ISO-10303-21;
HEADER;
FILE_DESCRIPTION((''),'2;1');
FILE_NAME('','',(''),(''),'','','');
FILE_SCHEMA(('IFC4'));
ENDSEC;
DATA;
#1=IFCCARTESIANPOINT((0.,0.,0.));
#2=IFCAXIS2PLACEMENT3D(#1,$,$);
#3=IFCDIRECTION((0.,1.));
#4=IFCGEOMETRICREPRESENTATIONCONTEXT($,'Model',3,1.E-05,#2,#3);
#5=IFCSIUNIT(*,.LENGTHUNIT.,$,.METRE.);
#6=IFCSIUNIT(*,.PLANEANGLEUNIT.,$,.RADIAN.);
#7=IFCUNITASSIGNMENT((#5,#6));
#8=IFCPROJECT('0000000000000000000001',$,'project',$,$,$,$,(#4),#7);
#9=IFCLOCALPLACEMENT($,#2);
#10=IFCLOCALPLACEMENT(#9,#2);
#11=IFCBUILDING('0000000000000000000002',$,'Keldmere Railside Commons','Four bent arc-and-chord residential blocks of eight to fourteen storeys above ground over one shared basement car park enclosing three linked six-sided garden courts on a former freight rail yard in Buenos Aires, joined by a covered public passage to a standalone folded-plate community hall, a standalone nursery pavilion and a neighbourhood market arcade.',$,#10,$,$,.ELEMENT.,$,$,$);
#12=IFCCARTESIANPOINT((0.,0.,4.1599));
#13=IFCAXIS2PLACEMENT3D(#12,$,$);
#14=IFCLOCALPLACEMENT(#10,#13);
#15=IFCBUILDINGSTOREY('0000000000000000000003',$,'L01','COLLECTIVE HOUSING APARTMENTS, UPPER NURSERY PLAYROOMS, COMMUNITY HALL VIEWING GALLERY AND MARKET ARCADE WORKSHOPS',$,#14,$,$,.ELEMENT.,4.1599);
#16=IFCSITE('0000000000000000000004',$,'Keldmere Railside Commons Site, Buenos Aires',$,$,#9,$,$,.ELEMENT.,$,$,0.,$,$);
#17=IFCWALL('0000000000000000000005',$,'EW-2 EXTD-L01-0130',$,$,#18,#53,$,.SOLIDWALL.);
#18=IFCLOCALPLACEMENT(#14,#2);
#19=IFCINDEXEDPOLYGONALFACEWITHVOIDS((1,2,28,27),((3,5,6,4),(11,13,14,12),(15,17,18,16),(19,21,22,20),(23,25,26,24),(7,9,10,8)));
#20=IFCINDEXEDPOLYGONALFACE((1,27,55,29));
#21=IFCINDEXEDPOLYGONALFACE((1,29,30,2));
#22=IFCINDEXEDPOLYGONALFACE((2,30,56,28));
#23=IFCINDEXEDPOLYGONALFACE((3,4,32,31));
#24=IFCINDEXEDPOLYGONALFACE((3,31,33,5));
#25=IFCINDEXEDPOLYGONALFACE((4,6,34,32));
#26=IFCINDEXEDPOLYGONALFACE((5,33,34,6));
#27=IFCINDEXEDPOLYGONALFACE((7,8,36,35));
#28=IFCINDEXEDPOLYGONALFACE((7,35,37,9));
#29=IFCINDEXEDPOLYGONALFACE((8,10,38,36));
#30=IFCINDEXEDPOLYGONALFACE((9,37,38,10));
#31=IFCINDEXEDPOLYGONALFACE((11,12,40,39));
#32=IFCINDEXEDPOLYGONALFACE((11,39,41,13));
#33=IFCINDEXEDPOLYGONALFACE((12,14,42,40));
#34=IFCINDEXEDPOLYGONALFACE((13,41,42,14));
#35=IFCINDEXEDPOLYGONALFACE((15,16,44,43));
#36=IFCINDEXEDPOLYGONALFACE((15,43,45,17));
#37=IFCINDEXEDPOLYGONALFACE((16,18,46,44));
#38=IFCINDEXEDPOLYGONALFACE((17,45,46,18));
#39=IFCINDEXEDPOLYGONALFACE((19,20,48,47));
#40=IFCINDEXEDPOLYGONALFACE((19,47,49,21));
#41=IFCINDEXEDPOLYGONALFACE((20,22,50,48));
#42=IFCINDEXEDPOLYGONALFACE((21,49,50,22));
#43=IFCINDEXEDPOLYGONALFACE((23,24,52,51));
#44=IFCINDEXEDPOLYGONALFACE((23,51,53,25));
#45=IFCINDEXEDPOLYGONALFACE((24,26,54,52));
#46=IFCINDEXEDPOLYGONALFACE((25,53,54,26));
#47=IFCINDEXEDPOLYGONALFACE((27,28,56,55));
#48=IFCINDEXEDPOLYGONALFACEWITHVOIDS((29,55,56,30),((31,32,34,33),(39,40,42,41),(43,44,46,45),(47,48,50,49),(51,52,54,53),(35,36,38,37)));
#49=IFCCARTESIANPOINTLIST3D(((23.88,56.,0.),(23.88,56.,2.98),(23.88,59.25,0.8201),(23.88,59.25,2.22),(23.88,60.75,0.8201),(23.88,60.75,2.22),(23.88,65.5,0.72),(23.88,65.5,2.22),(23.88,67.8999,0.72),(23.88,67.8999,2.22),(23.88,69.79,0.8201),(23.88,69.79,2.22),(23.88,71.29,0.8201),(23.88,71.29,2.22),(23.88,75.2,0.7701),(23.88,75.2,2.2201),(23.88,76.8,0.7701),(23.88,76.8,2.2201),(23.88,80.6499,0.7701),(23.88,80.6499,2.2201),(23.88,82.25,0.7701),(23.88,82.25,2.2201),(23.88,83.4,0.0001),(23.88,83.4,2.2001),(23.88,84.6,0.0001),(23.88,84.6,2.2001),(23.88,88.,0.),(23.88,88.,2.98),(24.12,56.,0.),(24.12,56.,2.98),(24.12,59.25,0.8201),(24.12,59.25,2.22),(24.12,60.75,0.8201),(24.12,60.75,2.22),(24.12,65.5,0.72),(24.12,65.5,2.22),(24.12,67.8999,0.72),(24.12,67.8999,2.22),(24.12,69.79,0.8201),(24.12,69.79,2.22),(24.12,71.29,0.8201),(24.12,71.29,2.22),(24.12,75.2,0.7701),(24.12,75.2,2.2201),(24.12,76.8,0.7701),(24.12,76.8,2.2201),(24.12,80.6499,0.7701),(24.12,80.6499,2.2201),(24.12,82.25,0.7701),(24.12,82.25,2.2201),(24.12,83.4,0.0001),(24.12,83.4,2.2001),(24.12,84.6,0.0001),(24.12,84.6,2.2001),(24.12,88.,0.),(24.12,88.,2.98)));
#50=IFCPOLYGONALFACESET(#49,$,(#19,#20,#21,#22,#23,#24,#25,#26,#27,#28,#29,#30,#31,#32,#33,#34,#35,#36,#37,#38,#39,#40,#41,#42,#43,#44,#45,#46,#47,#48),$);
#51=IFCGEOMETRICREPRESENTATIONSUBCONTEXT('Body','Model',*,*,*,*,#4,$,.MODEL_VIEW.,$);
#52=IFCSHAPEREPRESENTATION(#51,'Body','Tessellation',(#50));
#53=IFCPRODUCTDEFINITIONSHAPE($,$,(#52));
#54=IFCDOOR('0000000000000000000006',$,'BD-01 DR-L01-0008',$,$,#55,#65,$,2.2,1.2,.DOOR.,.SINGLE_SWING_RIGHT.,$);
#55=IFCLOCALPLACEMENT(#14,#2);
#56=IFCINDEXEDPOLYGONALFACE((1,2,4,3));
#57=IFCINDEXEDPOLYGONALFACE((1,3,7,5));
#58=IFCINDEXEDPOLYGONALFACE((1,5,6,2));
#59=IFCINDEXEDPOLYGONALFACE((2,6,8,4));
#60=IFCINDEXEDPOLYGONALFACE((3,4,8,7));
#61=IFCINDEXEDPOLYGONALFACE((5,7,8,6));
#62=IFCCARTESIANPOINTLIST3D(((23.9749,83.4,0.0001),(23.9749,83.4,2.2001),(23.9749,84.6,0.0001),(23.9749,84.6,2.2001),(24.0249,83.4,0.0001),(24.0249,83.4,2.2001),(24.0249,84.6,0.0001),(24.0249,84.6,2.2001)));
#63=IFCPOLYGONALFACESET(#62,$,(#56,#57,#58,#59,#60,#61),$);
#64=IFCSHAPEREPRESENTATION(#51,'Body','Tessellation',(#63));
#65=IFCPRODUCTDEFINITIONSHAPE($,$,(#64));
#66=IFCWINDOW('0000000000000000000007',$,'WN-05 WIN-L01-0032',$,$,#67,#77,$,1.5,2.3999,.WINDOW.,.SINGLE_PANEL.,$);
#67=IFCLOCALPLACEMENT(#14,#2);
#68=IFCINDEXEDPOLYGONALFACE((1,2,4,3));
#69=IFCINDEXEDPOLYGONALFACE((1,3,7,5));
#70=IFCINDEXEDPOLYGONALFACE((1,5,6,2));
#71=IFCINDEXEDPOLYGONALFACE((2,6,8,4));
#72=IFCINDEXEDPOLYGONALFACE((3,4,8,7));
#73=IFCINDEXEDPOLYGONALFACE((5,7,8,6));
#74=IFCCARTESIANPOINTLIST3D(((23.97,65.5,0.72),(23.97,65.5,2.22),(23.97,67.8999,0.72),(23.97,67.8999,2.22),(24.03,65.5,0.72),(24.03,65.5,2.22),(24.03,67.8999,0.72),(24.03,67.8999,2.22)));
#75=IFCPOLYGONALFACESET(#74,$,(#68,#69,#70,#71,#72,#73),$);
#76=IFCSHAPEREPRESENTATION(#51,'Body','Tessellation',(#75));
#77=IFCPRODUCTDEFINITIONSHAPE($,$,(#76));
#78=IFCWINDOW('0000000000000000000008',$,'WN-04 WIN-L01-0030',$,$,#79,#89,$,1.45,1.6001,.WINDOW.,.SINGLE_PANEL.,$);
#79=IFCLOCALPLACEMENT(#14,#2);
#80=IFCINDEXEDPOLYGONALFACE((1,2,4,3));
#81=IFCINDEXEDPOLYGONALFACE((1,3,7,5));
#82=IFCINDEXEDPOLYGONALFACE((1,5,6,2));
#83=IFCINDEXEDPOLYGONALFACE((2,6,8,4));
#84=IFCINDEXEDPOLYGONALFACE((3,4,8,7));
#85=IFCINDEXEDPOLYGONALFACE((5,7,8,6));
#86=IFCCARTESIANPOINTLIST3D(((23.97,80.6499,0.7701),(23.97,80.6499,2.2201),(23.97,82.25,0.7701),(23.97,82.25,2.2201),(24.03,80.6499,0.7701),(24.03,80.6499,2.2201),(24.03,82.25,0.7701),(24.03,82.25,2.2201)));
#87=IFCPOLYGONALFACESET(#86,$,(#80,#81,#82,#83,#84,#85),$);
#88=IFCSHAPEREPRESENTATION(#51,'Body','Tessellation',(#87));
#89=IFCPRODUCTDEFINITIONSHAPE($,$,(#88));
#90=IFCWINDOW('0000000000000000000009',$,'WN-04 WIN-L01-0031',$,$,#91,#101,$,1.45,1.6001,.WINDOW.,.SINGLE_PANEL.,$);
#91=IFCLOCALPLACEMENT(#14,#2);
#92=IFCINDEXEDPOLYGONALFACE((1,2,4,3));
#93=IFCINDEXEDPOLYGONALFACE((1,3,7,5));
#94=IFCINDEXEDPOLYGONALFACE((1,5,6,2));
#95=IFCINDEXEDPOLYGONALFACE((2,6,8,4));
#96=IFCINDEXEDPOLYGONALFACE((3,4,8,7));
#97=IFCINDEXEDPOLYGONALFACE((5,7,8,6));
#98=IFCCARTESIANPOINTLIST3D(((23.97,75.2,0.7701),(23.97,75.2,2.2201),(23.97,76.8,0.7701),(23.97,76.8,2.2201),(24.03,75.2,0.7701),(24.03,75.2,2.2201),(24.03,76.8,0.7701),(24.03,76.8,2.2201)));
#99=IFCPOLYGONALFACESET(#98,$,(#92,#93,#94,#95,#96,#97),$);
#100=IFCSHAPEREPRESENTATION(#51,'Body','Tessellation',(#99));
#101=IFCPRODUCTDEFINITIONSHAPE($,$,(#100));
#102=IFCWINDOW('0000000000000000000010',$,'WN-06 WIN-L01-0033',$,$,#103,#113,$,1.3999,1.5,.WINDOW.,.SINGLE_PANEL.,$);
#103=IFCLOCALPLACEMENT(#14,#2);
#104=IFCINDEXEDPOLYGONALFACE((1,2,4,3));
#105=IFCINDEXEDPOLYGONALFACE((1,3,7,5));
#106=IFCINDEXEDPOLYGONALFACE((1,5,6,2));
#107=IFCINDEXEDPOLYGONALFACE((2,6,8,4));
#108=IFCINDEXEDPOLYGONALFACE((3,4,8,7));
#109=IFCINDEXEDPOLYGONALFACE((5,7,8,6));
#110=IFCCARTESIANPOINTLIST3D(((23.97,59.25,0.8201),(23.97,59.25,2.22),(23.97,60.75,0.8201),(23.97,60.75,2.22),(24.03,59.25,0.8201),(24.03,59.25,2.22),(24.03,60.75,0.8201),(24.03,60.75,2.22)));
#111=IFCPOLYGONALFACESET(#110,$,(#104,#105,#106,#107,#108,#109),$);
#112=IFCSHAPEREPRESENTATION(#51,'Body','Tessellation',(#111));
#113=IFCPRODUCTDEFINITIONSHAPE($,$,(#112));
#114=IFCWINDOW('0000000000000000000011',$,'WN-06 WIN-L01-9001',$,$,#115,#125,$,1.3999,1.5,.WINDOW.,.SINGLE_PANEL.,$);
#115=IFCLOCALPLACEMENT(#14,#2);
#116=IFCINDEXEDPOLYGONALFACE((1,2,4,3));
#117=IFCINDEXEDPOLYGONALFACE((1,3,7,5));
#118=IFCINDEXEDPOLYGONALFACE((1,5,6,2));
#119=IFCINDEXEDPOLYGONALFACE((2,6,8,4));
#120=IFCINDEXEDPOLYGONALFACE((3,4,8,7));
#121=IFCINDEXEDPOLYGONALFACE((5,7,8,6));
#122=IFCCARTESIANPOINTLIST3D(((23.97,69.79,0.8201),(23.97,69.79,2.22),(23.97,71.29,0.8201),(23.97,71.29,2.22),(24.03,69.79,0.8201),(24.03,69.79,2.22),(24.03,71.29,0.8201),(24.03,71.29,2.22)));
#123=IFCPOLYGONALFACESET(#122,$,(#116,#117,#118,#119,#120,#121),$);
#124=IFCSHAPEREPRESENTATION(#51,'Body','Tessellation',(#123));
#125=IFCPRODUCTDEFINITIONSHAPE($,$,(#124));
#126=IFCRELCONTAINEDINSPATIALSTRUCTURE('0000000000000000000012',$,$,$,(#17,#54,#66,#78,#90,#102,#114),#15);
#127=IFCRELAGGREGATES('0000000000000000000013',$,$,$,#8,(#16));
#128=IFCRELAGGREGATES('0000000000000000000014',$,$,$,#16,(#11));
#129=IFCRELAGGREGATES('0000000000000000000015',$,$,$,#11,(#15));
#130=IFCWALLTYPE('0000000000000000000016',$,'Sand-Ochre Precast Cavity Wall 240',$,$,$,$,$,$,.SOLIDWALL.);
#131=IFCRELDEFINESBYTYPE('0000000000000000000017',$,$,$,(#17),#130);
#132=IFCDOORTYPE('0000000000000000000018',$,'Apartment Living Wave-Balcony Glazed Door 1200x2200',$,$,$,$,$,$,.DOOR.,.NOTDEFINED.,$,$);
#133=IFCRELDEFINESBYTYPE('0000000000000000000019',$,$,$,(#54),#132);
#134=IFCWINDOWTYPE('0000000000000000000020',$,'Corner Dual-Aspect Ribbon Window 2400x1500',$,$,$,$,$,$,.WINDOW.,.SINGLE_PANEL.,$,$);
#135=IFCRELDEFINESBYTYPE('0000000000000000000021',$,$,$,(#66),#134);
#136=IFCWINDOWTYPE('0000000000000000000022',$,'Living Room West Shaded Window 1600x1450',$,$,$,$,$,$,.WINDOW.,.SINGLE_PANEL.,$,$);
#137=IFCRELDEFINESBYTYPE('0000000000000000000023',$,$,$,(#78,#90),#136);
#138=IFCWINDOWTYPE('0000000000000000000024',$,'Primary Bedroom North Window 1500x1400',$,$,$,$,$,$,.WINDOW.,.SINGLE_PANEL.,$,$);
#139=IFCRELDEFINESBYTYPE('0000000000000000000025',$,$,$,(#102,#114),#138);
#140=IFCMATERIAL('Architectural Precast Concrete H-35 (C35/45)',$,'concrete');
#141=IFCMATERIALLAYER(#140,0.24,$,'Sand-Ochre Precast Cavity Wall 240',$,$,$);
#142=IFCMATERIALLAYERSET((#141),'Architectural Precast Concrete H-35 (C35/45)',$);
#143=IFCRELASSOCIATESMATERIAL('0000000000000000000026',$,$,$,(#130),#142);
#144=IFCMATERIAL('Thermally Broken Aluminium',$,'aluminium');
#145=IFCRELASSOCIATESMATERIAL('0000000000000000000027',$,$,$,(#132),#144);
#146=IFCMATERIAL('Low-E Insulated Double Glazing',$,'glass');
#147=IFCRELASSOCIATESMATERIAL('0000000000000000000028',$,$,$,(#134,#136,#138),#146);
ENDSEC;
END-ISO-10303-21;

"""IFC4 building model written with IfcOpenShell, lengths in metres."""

from ifc_helpers import new_model, si_unit, direction, frame, frame_2d, origin, place, context, subcontext, project, spatial, rectangle, extrude, material, layer, layer_set, type_object, element, fill, save


model = new_model("IFC4")

# Units and contexts
model_context = context("Model", 3, precision=1e-05, world=origin(), true_north=direction((0.0, 1.0)))
body_context = subcontext(model_context, "Body", "Model", "MODEL_VIEW")
ifc_project = project(units=[si_unit("LENGTHUNIT", "METRE"), si_unit("PLANEANGLEUNIT", "RADIAN")], contexts=[model_context])

# Site, building, storey
site_placement = place(None, origin())
site = spatial("IfcSite", under=ifc_project, at=site_placement, Name="Keldmere Railside Commons Site, Buenos Aires", CompositionType="ELEMENT", RefElevation=0.0)
building_placement = place(site_placement, origin())
building = spatial("IfcBuilding", under=site, at=building_placement, Name="Keldmere Railside Commons", Description="Four bent arc-and-chord residential blocks of eight to fourteen storeys above ground over one shared basement car park enclosing three linked six-sided garden courts on a former freight rail yard in Buenos Aires, joined by a covered public passage to a standalone folded-plate community hall, a standalone nursery pavilion and a neighbourhood market arcade.", CompositionType="ELEMENT")
storey_placement = place(building_placement, frame((0.0, 0.0, 4.1599)))
storey = spatial("IfcBuildingStorey", under=building, at=storey_placement, Name="L01", Description="COLLECTIVE HOUSING APARTMENTS, UPPER NURSERY PLAYROOMS, COMMUNITY HALL VIEWING GALLERY AND MARKET ARCADE WORKSHOPS", CompositionType="ELEMENT", Elevation=4.1599)

# Shared definitions
ifc_material_1 = material(Name="Thermally Broken Aluminium", Category="aluminium")

# Wall, openings, door, windows
ifc_material_2 = material(Name="Architectural Precast Concrete H-35 (C35/45)", Category="concrete")
ifc_layer_1 = layer(ifc_material_2, 0.24, Name="Sand-Ochre Precast Cavity Wall 240")
ifc_layer_set_1 = layer_set([ifc_layer_1], Name="Architectural Precast Concrete H-35 (C35/45)")
wall_type_1 = type_object("IfcWallType", Name="Sand-Ochre Precast Cavity Wall 240", PredefinedType="SOLIDWALL", material=ifc_layer_set_1)
wall_1_placement = place(storey_placement, frame((24.0, 88.0, 0.0), z_axis=(0.0, 0.0, 1.0), x_axis=(0.0, -1.0, 0.0)))
wall_1 = element("IfcWall", 1, at=wall_1_placement, inside=storey, type_object=wall_type_1, Name="EW-2 EXTD-L01-0130", PredefinedType="SOLIDWALL", context=body_context, shape_type="SweptSolid", body=[
    extrude(rectangle(XDim=32.0, YDim=0.24, at=frame_2d((16.0, 0.0))), origin(), (0.0, 0.0, 1.0), 2.98),
])
opening_1_placement = place(wall_1_placement, frame((3.3999, 0.0, 0.0)))
opening_1 = element("IfcOpeningElement", 2, at=opening_1_placement, cuts=wall_1, PredefinedType="OPENING", context=body_context, shape_type="SweptSolid", body=[
    extrude(rectangle(XDim=1.2, YDim=2.2, at=frame_2d((0.6001, 1.1001))), frame((0.0, 0.1299, 0.0), z_axis=(0.0, -1.0, 0.0), x_axis=(1.0, 0.0, 0.0)), (0.0, 0.0, 1.0), 0.26),
])
opening_2_placement = place(wall_1_placement, frame((5.75, 0.0, 0.77)))
opening_2 = element("IfcOpeningElement", 3, at=opening_2_placement, cuts=wall_1, PredefinedType="OPENING", context=body_context, shape_type="SweptSolid", body=[
    extrude(rectangle(XDim=1.6001, YDim=1.45, at=frame_2d((0.8, 0.7251))), frame((0.0, 0.1299, 0.0), z_axis=(0.0, -1.0, 0.0), x_axis=(1.0, 0.0, 0.0)), (0.0, 0.0, 1.0), 0.26),
])
opening_3_placement = place(wall_1_placement, frame((11.2, 0.0, 0.77)))
opening_3 = element("IfcOpeningElement", 4, at=opening_3_placement, cuts=wall_1, PredefinedType="OPENING", context=body_context, shape_type="SweptSolid", body=[
    extrude(rectangle(XDim=1.6001, YDim=1.45, at=frame_2d((0.8, 0.7251))), frame((0.0, 0.1299, 0.0), z_axis=(0.0, -1.0, 0.0), x_axis=(1.0, 0.0, 0.0)), (0.0, 0.0, 1.0), 0.26),
])
opening_4_placement = place(wall_1_placement, frame((20.1001, 0.0, 0.72)))
opening_4 = element("IfcOpeningElement", 5, at=opening_4_placement, cuts=wall_1, PredefinedType="OPENING", context=body_context, shape_type="SweptSolid", body=[
    extrude(rectangle(XDim=2.3999, YDim=1.5, at=frame_2d((1.2, 0.75))), frame((0.0, 0.1299, 0.0), z_axis=(0.0, -1.0, 0.0), x_axis=(1.0, 0.0, 0.0)), (0.0, 0.0, 1.0), 0.26),
])
opening_5_placement = place(wall_1_placement, frame((27.25, 0.0, 0.8201)))
opening_5 = element("IfcOpeningElement", 6, at=opening_5_placement, cuts=wall_1, PredefinedType="OPENING", context=body_context, shape_type="SweptSolid", body=[
    extrude(rectangle(XDim=1.5, YDim=1.3999, at=frame_2d((0.75, 0.7))), frame((0.0, 0.1299, 0.0), z_axis=(0.0, -1.0, 0.0), x_axis=(1.0, 0.0, 0.0)), (0.0, 0.0, 1.0), 0.26),
])
opening_6_placement = place(wall_1_placement, frame((16.71, 0.0, 0.8201)))
opening_6 = element("IfcOpeningElement", 7, at=opening_6_placement, cuts=wall_1, PredefinedType="OPENING", context=body_context, shape_type="SweptSolid", body=[
    extrude(rectangle(XDim=1.5, YDim=1.3999, at=frame_2d((0.75, 0.7))), frame((0.0, 0.1299, 0.0), z_axis=(0.0, -1.0, 0.0), x_axis=(1.0, 0.0, 0.0)), (0.0, 0.0, 1.0), 0.26),
])
door_type_1 = type_object("IfcDoorType", Name="Apartment Living Wave-Balcony Glazed Door 1200x2200", OperationType="NOTDEFINED", PredefinedType="DOOR", material=ifc_material_1)
door_1_placement = place(opening_1_placement, origin())
door_1 = element("IfcDoor", 8, at=door_1_placement, inside=storey, type_object=door_type_1, Name="BD-01 DR-L01-0008", OperationType="SINGLE_SWING_RIGHT", OverallHeight=2.2, OverallWidth=1.2, PredefinedType="DOOR", context=body_context, shape_type="SweptSolid", body=[
    extrude(rectangle(XDim=1.2, YDim=2.2, at=frame_2d((0.6001, 1.1001))), frame((0.0, 0.0249, 0.0), z_axis=(0.0, -1.0, 0.0), x_axis=(1.0, 0.0, 0.0)), (0.0, 0.0, 1.0), 0.05),
])
fill(opening_1, door_1)
ifc_material_3 = material(Name="Low-E Insulated Double Glazing", Category="glass")
window_type_1 = type_object("IfcWindowType", Name="Corner Dual-Aspect Ribbon Window 2400x1500", PartitioningType="SINGLE_PANEL", PredefinedType="WINDOW", material=ifc_material_3)
window_1_placement = place(opening_4_placement, origin())
window_1 = element("IfcWindow", 9, at=window_1_placement, inside=storey, type_object=window_type_1, Name="WN-05 WIN-L01-0032", OverallHeight=1.5, OverallWidth=2.3999, PartitioningType="SINGLE_PANEL", PredefinedType="WINDOW", context=body_context, shape_type="SweptSolid", body=[
    extrude(rectangle(XDim=2.3999, YDim=1.5, at=frame_2d((1.2, 0.75))), frame((0.0, 0.03, 0.0), z_axis=(0.0, -1.0, 0.0), x_axis=(1.0, 0.0, 0.0)), (0.0, 0.0, 1.0), 0.0601),
])
fill(opening_4, window_1)
window_type_2 = type_object("IfcWindowType", Name="Living Room West Shaded Window 1600x1450", PartitioningType="SINGLE_PANEL", PredefinedType="WINDOW", material=ifc_material_3)
window_2_placement = place(opening_2_placement, origin())
window_2 = element("IfcWindow", 10, at=window_2_placement, inside=storey, type_object=window_type_2, Name="WN-04 WIN-L01-0030", OverallHeight=1.45, OverallWidth=1.6001, PartitioningType="SINGLE_PANEL", PredefinedType="WINDOW", context=body_context, shape_type="SweptSolid", body=[
    extrude(rectangle(XDim=1.6001, YDim=1.45, at=frame_2d((0.8, 0.7251))), frame((0.0, 0.03, 0.0), z_axis=(0.0, -1.0, 0.0), x_axis=(1.0, 0.0, 0.0)), (0.0, 0.0, 1.0), 0.0601),
])
fill(opening_2, window_2)
window_3_placement = place(opening_3_placement, origin())
window_3 = element("IfcWindow", 11, at=window_3_placement, inside=storey, type_object=window_type_2, Name="WN-04 WIN-L01-0031", OverallHeight=1.45, OverallWidth=1.6001, PartitioningType="SINGLE_PANEL", PredefinedType="WINDOW", context=body_context, shape_type="SweptSolid", body=[
    extrude(rectangle(XDim=1.6001, YDim=1.45, at=frame_2d((0.8, 0.7251))), frame((0.0, 0.03, 0.0), z_axis=(0.0, -1.0, 0.0), x_axis=(1.0, 0.0, 0.0)), (0.0, 0.0, 1.0), 0.0601),
])
fill(opening_3, window_3)
window_type_3 = type_object("IfcWindowType", Name="Primary Bedroom North Window 1500x1400", PartitioningType="SINGLE_PANEL", PredefinedType="WINDOW", material=ifc_material_3)
window_4_placement = place(opening_5_placement, origin())
window_4 = element("IfcWindow", 12, at=window_4_placement, inside=storey, type_object=window_type_3, Name="WN-06 WIN-L01-0033", OverallHeight=1.3999, OverallWidth=1.5, PartitioningType="SINGLE_PANEL", PredefinedType="WINDOW", context=body_context, shape_type="SweptSolid", body=[
    extrude(rectangle(XDim=1.5, YDim=1.3999, at=frame_2d((0.75, 0.7))), frame((0.0, 0.03, 0.0), z_axis=(0.0, -1.0, 0.0), x_axis=(1.0, 0.0, 0.0)), (0.0, 0.0, 1.0), 0.0601),
])
fill(opening_5, window_4)
window_5_placement = place(opening_6_placement, origin())
window_5 = element("IfcWindow", 13, at=window_5_placement, inside=storey, type_object=window_type_3, Name="WN-06 WIN-L01-9001", OverallHeight=1.3999, OverallWidth=1.5, PartitioningType="SINGLE_PANEL", PredefinedType="WINDOW", context=body_context, shape_type="SweptSolid", body=[
    extrude(rectangle(XDim=1.5, YDim=1.3999, at=frame_2d((0.75, 0.7))), frame((0.0, 0.03, 0.0), z_axis=(0.0, -1.0, 0.0), x_axis=(1.0, 0.0, 0.0)), (0.0, 0.0, 1.0), 0.0601),
])
fill(opening_6, window_5)

save(model, "model.ifc")
